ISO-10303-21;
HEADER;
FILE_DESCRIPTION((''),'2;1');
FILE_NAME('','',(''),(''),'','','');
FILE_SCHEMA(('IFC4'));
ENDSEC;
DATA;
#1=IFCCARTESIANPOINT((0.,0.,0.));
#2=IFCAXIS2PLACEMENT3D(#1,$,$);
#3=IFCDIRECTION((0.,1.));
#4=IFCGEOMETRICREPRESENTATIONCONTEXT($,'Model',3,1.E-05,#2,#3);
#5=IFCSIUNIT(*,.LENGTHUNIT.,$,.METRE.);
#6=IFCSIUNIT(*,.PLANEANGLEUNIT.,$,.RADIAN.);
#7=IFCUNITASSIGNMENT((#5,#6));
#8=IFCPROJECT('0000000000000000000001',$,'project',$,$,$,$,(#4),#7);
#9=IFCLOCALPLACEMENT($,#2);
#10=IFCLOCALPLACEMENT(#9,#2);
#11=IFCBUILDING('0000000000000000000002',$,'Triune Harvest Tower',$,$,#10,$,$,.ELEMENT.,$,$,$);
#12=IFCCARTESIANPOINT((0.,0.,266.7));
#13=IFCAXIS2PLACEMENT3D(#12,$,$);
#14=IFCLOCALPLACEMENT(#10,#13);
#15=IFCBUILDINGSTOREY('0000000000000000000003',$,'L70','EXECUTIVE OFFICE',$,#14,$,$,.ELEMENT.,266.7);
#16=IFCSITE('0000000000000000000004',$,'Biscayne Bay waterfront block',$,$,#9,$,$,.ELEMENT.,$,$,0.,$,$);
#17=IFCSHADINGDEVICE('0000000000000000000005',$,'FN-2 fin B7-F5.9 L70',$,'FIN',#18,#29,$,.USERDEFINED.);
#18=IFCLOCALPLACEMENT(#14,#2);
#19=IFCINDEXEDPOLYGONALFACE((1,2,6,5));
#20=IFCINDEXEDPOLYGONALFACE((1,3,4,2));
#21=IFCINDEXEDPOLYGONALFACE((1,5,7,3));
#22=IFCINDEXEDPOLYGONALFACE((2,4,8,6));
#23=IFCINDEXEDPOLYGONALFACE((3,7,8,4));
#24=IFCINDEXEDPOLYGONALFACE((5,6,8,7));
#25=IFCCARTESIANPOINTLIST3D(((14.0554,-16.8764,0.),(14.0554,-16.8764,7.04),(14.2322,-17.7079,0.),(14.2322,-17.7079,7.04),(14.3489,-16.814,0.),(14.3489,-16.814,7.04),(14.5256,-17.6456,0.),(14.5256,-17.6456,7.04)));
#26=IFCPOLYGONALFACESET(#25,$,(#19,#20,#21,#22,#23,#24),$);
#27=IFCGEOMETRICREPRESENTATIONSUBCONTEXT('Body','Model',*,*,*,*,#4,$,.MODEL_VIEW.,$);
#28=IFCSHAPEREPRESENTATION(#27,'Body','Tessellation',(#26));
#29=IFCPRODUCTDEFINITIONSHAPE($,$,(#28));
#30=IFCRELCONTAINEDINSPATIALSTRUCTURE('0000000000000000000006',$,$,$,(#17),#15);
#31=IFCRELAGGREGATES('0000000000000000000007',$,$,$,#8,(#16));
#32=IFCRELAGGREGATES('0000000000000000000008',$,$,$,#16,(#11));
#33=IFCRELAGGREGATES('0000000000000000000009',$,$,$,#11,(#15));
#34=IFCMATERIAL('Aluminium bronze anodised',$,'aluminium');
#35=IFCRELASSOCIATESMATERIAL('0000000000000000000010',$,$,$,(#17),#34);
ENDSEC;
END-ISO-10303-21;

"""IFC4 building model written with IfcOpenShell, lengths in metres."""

from ifc_helpers import new_model, si_unit, direction, frame, origin, origin_2d, place, context, subcontext, project, spatial, rectangle, extrude, source, transform, mapped, material, element, save


model = new_model("IFC4")

# Units and contexts
model_context = context("Model", 3, precision=1e-05, world=origin(), true_north=direction((0.0, 1.0)))
body_context = subcontext(model_context, "Body", "Model", "MODEL_VIEW")
ifc_project = project(units=[si_unit("LENGTHUNIT", "METRE"), si_unit("PLANEANGLEUNIT", "RADIAN")], contexts=[model_context])

# Site, building, storey
site_placement = place(None, origin())
site = spatial("IfcSite", under=ifc_project, at=site_placement, Name="Biscayne Bay waterfront block", CompositionType="ELEMENT", RefElevation=0.0)
building_placement = place(site_placement, origin())
building = spatial("IfcBuilding", under=site, at=building_placement, Name="Triune Harvest Tower", CompositionType="ELEMENT")
storey_placement = place(building_placement, frame((0.0, 0.0, 266.7)))
storey = spatial("IfcBuildingStorey", under=building, at=storey_placement, Name="L70", Description="EXECUTIVE OFFICE", CompositionType="ELEMENT", Elevation=266.7)

# Shading device
ifc_material_1 = material(Name="Aluminium bronze anodised", Category="aluminium")
shared_shape_1 = source(origin(), body_context, "Body", "SweptSolid", [
    extrude(rectangle(XDim=0.3, YDim=0.8501, at=origin_2d()), origin(), (0.0, 0.0, 1.0), 7.04),
])
shading_device_1_placement = place(storey_placement, frame((14.2905, -17.261, 0.0), z_axis=(0.0, 0.0, 1.0), x_axis=(0.978148, 0.207911, 0.0)))
element("IfcShadingDevice", 1, at=shading_device_1_placement, inside=storey, material=ifc_material_1, Name="FN-2 fin B7-F5.9 L70", ObjectType="FIN", PredefinedType="USERDEFINED", context=body_context, shape_type="MappedRepresentation", body=[
    mapped(shared_shape_1, transform((0.0, 0.0, 0.0), scale=1.0)),
])

save(model, "model.ifc")
